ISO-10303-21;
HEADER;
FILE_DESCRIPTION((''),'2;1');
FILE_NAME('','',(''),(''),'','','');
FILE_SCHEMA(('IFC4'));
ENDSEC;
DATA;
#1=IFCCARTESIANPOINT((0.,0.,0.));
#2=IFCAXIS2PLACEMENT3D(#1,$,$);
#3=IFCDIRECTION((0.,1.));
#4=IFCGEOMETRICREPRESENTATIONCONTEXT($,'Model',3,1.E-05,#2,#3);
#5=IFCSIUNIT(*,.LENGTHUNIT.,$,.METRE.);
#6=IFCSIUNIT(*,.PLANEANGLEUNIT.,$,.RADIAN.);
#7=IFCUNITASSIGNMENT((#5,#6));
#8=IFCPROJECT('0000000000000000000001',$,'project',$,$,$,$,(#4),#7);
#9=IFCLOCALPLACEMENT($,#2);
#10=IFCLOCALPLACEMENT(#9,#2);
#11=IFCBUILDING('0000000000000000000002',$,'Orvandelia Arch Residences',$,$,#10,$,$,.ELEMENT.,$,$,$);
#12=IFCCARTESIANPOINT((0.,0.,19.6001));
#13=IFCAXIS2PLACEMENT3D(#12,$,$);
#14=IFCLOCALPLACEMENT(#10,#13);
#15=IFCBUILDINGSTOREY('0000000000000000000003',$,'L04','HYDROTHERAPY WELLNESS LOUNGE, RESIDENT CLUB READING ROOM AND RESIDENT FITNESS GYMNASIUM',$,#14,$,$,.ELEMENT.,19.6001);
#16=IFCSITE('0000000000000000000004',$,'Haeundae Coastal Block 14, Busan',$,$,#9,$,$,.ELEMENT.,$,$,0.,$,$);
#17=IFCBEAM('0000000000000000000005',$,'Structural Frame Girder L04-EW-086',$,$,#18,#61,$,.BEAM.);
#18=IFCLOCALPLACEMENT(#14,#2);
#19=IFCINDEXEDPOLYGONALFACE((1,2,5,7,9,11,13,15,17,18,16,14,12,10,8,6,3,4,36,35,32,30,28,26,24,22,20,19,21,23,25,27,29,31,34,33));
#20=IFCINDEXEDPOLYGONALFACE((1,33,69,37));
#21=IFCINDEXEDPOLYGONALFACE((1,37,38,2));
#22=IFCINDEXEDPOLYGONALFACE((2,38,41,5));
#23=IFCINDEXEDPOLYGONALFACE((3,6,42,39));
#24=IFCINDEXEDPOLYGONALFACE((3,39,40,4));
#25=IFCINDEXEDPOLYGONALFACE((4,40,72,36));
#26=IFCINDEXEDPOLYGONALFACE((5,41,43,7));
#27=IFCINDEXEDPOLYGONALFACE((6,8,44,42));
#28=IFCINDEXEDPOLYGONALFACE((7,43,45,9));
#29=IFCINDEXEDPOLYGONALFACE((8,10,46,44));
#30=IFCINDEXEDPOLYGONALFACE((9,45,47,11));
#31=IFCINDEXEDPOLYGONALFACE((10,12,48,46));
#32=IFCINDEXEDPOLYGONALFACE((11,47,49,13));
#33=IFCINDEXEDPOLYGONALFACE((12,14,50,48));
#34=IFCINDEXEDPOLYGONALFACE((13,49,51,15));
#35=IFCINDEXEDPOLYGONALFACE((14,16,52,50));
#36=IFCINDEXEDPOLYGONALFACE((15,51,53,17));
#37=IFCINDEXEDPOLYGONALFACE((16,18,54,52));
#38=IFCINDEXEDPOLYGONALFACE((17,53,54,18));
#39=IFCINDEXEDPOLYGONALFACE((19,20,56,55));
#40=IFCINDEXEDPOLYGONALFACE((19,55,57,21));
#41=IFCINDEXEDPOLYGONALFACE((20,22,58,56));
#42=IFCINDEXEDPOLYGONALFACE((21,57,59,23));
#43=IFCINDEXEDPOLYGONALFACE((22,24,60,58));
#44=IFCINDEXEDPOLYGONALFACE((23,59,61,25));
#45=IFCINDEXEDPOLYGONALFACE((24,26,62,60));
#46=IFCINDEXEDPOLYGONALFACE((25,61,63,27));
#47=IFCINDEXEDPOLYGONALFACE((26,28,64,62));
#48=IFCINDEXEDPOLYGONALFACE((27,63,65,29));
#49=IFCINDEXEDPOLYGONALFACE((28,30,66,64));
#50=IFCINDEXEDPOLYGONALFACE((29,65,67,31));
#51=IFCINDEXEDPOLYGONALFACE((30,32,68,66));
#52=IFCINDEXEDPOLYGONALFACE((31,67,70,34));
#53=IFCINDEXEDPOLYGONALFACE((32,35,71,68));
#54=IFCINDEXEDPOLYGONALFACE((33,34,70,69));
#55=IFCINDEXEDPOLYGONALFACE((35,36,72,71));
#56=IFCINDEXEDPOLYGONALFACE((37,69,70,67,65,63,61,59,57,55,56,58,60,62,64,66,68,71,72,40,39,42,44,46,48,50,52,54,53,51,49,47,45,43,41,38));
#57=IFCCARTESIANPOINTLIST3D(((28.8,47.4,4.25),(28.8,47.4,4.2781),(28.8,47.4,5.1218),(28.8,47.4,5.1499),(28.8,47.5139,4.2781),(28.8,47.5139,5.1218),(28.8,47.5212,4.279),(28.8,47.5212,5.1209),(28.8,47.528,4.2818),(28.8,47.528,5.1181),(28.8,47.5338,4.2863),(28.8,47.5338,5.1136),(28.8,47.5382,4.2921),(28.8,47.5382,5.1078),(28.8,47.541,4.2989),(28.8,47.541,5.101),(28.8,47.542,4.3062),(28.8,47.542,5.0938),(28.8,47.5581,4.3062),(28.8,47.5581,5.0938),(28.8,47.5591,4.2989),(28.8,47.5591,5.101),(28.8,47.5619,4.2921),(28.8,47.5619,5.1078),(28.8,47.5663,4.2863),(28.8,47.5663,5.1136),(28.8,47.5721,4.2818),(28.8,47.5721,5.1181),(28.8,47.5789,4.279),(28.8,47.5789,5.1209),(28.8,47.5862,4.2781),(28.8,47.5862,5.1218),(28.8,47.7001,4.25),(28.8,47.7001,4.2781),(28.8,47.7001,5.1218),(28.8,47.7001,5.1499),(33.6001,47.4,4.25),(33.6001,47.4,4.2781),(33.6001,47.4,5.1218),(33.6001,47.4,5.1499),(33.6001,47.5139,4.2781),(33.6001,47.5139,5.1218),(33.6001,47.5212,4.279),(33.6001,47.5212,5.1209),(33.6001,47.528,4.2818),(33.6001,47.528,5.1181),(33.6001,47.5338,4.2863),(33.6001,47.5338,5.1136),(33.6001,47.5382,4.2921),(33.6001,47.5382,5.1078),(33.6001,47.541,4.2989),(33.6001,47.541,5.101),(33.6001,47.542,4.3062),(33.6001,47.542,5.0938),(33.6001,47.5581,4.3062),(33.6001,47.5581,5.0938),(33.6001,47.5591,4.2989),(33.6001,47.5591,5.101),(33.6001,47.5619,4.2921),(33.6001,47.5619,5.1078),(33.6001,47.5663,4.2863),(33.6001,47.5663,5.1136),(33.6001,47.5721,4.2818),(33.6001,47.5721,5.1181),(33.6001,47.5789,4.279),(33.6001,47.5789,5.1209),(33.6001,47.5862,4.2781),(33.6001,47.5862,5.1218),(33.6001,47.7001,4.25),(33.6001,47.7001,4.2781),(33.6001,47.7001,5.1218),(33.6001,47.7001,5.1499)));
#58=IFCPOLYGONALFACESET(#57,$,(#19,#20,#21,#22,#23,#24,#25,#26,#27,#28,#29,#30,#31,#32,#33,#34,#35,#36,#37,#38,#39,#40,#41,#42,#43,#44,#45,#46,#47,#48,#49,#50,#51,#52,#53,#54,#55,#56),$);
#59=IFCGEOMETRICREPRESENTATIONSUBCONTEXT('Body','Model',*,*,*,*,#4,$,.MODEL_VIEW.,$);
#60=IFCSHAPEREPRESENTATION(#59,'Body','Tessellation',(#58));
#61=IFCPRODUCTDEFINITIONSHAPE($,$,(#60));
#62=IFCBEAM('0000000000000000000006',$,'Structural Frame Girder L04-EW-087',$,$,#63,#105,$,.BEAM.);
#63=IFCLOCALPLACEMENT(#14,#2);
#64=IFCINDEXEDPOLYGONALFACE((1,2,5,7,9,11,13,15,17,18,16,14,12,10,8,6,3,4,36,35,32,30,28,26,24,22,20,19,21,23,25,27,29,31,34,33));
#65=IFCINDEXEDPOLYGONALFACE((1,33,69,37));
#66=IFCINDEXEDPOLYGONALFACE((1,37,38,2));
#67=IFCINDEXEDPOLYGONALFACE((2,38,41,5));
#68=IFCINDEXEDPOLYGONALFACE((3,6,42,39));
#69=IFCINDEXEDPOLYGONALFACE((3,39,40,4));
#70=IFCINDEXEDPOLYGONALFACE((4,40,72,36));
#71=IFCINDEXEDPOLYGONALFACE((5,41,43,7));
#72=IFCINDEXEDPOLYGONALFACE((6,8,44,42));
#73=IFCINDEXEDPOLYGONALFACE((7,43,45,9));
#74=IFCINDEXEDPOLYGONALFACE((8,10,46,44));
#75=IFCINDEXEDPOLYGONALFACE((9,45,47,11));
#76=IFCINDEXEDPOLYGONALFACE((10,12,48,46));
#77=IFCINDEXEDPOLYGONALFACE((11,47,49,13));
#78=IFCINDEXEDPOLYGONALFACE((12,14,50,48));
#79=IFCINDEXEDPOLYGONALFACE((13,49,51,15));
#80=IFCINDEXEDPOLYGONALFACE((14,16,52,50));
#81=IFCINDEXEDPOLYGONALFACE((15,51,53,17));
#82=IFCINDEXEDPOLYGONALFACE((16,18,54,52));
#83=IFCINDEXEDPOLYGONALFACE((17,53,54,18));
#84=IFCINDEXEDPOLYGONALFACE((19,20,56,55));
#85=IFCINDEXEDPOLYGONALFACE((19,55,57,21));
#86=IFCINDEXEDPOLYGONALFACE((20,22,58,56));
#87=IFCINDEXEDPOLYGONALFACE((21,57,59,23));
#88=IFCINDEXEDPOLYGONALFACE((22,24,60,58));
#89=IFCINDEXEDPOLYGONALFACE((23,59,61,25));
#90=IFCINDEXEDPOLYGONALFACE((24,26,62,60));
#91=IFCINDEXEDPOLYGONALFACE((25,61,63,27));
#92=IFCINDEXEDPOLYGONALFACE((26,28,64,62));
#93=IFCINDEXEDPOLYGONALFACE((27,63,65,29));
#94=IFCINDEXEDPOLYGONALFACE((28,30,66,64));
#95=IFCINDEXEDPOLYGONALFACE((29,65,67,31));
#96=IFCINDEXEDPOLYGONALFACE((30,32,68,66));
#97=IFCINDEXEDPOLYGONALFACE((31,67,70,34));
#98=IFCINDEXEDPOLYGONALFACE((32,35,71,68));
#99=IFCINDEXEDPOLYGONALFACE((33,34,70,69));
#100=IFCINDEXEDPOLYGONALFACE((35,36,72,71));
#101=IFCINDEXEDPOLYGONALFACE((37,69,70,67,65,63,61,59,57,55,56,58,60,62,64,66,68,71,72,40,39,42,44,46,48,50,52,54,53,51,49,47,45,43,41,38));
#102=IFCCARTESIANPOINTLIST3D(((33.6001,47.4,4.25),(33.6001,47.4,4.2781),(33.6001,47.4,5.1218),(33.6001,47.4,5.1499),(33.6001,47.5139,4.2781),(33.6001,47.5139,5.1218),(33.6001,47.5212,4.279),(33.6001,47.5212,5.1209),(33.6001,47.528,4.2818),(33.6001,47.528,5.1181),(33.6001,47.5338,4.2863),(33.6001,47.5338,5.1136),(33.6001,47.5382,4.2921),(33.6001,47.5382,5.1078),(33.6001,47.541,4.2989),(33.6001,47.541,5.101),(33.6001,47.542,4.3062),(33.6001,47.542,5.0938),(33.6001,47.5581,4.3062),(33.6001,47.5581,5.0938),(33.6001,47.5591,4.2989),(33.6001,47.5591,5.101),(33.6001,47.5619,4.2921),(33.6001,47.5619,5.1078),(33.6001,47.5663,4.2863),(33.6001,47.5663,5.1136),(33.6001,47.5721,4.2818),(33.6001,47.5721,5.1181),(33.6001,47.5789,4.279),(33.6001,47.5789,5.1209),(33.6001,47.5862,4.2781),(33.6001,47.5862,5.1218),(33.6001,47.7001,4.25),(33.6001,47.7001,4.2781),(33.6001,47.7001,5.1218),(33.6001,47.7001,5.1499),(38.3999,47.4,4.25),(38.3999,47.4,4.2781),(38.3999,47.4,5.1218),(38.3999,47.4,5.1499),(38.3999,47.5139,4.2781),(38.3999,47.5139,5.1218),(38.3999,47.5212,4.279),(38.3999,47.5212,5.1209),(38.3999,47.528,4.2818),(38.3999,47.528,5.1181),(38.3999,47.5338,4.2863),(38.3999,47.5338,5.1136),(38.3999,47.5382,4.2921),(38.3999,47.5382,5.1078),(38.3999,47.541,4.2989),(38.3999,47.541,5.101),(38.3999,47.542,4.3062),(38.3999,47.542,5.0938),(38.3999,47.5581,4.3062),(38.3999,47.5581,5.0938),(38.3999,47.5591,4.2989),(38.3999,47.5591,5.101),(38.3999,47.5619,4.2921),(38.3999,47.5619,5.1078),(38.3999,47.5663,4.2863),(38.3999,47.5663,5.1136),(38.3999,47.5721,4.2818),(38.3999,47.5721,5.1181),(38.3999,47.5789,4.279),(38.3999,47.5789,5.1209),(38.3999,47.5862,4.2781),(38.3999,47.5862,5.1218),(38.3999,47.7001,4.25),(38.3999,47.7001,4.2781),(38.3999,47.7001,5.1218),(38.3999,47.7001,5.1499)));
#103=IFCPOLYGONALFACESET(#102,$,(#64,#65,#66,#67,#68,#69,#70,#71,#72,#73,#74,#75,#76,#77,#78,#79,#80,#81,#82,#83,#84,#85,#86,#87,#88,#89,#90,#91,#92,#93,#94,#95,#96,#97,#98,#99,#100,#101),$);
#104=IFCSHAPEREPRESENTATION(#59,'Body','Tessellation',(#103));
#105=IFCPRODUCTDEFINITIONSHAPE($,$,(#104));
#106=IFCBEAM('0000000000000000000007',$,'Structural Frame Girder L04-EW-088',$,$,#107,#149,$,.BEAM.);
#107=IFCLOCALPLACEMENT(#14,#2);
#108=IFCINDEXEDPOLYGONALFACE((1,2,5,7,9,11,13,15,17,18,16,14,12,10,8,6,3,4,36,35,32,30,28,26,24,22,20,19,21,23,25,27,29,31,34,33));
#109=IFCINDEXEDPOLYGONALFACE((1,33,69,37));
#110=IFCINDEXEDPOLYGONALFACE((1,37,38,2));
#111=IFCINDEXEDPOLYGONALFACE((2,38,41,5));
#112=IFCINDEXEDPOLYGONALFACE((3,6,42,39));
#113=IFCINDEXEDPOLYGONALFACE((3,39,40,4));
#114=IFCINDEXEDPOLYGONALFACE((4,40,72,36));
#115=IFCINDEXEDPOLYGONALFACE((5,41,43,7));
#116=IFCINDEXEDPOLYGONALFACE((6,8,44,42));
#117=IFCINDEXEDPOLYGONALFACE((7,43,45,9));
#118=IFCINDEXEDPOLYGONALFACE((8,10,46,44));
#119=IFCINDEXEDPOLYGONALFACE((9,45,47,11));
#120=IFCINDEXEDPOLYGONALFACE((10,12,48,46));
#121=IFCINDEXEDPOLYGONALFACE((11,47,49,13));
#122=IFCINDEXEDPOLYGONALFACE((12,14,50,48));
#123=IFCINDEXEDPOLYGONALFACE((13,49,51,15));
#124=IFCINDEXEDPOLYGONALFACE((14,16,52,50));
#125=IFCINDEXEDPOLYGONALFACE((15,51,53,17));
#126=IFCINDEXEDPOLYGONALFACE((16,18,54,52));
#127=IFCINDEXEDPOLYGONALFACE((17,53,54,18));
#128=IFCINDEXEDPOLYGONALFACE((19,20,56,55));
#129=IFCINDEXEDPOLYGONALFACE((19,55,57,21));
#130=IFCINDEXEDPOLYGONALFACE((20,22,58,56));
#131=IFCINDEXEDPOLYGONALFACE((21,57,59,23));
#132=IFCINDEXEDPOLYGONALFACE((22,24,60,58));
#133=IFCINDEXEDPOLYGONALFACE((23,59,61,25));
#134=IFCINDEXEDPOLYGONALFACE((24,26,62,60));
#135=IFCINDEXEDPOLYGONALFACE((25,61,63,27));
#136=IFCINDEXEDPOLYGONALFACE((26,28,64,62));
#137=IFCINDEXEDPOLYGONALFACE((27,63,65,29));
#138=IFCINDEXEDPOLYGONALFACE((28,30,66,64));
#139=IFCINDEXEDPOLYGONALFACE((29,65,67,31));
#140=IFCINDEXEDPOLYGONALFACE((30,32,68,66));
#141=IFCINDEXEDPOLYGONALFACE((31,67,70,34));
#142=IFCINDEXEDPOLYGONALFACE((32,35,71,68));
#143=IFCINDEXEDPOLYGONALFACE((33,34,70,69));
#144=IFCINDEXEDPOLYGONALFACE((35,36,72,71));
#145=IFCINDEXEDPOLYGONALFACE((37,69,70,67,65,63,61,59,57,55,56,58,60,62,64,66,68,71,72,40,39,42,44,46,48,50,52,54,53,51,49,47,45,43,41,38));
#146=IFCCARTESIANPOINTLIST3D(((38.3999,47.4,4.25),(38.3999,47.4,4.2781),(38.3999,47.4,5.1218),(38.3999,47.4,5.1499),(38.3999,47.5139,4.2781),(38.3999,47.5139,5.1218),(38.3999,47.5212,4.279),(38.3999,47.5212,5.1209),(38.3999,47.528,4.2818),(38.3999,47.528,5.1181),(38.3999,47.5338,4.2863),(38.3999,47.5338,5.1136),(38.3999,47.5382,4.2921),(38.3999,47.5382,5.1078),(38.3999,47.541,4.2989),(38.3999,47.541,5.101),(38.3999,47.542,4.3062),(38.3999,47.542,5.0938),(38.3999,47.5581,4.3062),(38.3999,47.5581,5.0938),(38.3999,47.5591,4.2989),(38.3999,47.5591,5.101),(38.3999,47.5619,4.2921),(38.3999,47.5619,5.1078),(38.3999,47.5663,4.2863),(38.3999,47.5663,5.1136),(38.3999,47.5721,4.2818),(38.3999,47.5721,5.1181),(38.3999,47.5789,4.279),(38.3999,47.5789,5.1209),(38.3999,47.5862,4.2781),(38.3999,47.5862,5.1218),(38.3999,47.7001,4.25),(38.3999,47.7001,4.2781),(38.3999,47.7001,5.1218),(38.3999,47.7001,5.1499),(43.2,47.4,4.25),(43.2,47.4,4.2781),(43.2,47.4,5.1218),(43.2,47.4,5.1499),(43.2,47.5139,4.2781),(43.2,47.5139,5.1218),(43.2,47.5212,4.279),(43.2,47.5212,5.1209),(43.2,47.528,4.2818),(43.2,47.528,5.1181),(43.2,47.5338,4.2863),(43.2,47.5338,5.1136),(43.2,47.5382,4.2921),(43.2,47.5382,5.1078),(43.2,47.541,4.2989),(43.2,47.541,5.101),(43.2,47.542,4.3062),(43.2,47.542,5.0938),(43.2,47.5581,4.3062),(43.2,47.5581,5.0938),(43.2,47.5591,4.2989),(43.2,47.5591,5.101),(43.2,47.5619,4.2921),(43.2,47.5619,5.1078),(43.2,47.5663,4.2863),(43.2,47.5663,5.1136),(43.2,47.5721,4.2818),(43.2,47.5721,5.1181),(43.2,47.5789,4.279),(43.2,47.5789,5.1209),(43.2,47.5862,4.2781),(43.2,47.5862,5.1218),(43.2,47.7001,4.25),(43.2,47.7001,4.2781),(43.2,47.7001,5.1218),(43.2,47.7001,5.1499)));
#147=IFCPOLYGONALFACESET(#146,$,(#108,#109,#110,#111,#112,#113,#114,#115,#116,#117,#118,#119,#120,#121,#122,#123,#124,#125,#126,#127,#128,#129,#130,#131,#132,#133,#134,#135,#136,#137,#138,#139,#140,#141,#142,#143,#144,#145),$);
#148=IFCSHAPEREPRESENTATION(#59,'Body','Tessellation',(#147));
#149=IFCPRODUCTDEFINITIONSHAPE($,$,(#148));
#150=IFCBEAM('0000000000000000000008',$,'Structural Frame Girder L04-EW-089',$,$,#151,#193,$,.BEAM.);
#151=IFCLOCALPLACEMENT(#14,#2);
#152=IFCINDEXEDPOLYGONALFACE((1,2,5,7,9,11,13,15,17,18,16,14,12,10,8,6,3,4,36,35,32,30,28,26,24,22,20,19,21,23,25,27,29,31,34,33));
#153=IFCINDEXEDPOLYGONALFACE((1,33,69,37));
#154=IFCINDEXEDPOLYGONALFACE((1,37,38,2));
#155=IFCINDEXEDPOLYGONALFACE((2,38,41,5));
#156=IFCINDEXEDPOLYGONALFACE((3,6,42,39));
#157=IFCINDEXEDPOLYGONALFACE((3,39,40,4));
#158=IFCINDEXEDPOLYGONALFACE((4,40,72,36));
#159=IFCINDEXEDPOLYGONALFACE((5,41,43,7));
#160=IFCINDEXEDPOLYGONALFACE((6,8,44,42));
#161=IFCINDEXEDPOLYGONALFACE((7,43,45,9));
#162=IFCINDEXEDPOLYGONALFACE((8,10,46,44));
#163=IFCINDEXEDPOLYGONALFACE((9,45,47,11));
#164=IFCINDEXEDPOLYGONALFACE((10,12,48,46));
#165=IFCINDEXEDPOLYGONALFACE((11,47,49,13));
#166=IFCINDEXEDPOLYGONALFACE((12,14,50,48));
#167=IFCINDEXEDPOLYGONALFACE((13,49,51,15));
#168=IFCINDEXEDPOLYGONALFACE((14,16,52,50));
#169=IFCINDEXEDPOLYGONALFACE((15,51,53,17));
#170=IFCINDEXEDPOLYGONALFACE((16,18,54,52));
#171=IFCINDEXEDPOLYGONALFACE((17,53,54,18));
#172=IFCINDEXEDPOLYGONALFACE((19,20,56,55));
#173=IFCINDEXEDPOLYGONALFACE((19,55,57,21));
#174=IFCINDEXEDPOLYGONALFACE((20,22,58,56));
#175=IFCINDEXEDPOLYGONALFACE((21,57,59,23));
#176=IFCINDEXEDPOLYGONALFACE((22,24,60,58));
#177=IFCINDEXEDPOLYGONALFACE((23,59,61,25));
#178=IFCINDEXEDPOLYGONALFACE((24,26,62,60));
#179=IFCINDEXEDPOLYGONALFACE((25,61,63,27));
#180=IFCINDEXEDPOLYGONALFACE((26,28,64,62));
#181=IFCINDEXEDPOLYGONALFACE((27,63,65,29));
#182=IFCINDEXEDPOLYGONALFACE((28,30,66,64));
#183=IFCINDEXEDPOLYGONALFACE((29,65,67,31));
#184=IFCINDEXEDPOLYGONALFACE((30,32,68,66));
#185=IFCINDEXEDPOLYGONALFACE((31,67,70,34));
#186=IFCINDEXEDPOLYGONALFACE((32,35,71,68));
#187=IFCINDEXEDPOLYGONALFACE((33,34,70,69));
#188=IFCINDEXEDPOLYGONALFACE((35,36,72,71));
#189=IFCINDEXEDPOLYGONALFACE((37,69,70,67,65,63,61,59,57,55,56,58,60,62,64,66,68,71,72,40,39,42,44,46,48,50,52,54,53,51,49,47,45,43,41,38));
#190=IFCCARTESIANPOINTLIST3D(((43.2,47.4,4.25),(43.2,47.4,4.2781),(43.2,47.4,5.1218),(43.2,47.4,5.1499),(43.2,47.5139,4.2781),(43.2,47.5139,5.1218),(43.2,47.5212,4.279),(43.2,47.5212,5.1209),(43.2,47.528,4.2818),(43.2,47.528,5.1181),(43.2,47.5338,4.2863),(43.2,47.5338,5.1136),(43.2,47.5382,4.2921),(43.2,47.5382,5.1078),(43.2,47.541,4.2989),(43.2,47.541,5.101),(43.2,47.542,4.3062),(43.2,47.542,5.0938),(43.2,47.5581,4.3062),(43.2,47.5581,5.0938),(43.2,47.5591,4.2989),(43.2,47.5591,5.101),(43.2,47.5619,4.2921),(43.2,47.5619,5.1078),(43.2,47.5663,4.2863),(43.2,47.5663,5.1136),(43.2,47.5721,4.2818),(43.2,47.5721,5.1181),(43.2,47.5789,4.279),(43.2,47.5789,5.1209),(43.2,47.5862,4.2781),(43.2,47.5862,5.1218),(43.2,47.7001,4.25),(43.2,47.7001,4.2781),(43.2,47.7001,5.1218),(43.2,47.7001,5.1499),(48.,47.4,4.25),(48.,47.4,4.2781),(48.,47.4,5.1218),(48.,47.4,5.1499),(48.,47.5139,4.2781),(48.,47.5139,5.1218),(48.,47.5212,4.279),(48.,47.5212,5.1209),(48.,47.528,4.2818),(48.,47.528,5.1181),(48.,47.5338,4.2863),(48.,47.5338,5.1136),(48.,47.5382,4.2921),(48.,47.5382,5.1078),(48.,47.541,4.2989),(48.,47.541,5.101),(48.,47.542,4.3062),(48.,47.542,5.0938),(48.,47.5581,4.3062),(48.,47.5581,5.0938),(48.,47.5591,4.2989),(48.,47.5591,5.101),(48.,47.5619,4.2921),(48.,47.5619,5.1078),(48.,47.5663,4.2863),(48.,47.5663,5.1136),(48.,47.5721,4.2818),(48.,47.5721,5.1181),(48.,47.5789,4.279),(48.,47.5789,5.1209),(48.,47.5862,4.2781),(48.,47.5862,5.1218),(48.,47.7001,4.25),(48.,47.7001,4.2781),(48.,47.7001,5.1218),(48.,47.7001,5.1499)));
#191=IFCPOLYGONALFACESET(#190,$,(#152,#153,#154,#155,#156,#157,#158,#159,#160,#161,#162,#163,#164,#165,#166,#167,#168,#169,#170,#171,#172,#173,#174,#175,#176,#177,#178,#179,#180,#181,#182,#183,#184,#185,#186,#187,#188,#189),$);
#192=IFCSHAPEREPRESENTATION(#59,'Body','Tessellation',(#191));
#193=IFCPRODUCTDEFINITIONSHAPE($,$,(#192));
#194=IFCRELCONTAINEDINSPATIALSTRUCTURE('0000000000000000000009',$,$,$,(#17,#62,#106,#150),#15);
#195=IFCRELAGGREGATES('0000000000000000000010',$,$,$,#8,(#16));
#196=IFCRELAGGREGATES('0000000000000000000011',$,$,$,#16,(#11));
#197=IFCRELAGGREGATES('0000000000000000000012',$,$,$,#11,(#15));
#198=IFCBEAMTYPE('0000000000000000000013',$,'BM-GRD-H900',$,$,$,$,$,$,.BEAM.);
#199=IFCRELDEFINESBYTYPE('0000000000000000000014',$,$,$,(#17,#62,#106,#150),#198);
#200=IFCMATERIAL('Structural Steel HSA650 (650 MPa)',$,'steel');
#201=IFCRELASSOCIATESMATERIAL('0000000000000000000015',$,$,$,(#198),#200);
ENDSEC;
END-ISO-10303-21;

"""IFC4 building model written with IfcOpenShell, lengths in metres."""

from ifc_helpers import new_model, si_unit, direction, frame, origin, origin_2d, place, context, subcontext, project, spatial, i_section, extrude, material, material_profile, profile_set, type_object, element, save


model = new_model("IFC4")

# Units and contexts
model_context = context("Model", 3, precision=1e-05, world=origin(), true_north=direction((0.0, 1.0)))
body_context = subcontext(model_context, "Body", "Model", "MODEL_VIEW")
ifc_project = project(units=[si_unit("LENGTHUNIT", "METRE"), si_unit("PLANEANGLEUNIT", "RADIAN")], contexts=[model_context])

# Site, building, storey
site_placement = place(None, origin())
site = spatial("IfcSite", under=ifc_project, at=site_placement, Name="Haeundae Coastal Block 14, Busan", CompositionType="ELEMENT", RefElevation=0.0)
building_placement = place(site_placement, origin())
building = spatial("IfcBuilding", under=site, at=building_placement, Name="Orvandelia Arch Residences", CompositionType="ELEMENT")
storey_placement = place(building_placement, frame((0.0, 0.0, 19.6001)))
storey = spatial("IfcBuildingStorey", under=building, at=storey_placement, Name="L04", Description="HYDROTHERAPY WELLNESS LOUNGE, RESIDENT CLUB READING ROOM AND RESIDENT FITNESS GYMNASIUM", CompositionType="ELEMENT", Elevation=19.6001)

# Shared definitions
ifc_material_1 = material(Name="Structural Steel HSA650 (650 MPa)", Category="steel")

# Beams
ifc_material_profile_1 = material_profile(ifc_material_1, i_section(OverallWidth=0.3, OverallDepth=0.8999, WebThickness=0.0161, FlangeThickness=0.0281, FilletRadius=0.0281, at=origin_2d()), Name="Structural Steel HSA650 (650 MPa)", Category="steel")
ifc_profile_set_1 = profile_set([ifc_material_profile_1], Name="Structural Steel HSA650 (650 MPa)")
beam_type = type_object("IfcBeamType", Name="BM-GRD-H900", PredefinedType="BEAM", material=ifc_profile_set_1)
beam_1_placement = place(storey_placement, frame((28.8, 47.55, 4.7), z_axis=(1.0, 0.0, 0.0), x_axis=(0.0, 1.0, 0.0)))
element("IfcBeam", 1, at=beam_1_placement, inside=storey, type_object=beam_type, Name="Structural Frame Girder L04-EW-086", PredefinedType="BEAM", context=body_context, shape_type="SweptSolid", body=[
    extrude(i_section(OverallWidth=0.3, OverallDepth=0.8999, WebThickness=0.0161, FlangeThickness=0.0281, FilletRadius=0.0281, at=origin_2d()), origin(), (0.0, 0.0, 1.0), 4.8),
])
beam_2_placement = place(storey_placement, frame((33.6001, 47.55, 4.7), z_axis=(1.0, 0.0, 0.0), x_axis=(0.0, 1.0, 0.0)))
element("IfcBeam", 2, at=beam_2_placement, inside=storey, type_object=beam_type, Name="Structural Frame Girder L04-EW-087", PredefinedType="BEAM", context=body_context, shape_type="SweptSolid", body=[
    extrude(i_section(OverallWidth=0.3, OverallDepth=0.8999, WebThickness=0.0161, FlangeThickness=0.0281, FilletRadius=0.0281, at=origin_2d()), origin(), (0.0, 0.0, 1.0), 4.7998),
])
for number, where, z_axis, x_axis, name in (
    (3, (38.3999, 47.55, 4.7), (1.0, 0.0, 0.0), (0.0, 1.0, 0.0), "Structural Frame Girder L04-EW-088"),
    (4, (43.2, 47.55, 4.7), (1.0, 0.0, 0.0), (0.0, 1.0, 0.0), "Structural Frame Girder L04-EW-089"),
):
    element("IfcBeam", number, at=place(storey_placement, frame(where, z_axis=z_axis, x_axis=x_axis)), inside=storey, type_object=beam_type, Name=name, PredefinedType="BEAM", context=body_context, shape_type="SweptSolid", body=[
        extrude(i_section(OverallWidth=0.3, OverallDepth=0.8999, WebThickness=0.0161, FlangeThickness=0.0281, FilletRadius=0.0281, at=origin_2d()), origin(), (0.0, 0.0, 1.0), 4.8),
    ])

save(model, "model.ifc")
